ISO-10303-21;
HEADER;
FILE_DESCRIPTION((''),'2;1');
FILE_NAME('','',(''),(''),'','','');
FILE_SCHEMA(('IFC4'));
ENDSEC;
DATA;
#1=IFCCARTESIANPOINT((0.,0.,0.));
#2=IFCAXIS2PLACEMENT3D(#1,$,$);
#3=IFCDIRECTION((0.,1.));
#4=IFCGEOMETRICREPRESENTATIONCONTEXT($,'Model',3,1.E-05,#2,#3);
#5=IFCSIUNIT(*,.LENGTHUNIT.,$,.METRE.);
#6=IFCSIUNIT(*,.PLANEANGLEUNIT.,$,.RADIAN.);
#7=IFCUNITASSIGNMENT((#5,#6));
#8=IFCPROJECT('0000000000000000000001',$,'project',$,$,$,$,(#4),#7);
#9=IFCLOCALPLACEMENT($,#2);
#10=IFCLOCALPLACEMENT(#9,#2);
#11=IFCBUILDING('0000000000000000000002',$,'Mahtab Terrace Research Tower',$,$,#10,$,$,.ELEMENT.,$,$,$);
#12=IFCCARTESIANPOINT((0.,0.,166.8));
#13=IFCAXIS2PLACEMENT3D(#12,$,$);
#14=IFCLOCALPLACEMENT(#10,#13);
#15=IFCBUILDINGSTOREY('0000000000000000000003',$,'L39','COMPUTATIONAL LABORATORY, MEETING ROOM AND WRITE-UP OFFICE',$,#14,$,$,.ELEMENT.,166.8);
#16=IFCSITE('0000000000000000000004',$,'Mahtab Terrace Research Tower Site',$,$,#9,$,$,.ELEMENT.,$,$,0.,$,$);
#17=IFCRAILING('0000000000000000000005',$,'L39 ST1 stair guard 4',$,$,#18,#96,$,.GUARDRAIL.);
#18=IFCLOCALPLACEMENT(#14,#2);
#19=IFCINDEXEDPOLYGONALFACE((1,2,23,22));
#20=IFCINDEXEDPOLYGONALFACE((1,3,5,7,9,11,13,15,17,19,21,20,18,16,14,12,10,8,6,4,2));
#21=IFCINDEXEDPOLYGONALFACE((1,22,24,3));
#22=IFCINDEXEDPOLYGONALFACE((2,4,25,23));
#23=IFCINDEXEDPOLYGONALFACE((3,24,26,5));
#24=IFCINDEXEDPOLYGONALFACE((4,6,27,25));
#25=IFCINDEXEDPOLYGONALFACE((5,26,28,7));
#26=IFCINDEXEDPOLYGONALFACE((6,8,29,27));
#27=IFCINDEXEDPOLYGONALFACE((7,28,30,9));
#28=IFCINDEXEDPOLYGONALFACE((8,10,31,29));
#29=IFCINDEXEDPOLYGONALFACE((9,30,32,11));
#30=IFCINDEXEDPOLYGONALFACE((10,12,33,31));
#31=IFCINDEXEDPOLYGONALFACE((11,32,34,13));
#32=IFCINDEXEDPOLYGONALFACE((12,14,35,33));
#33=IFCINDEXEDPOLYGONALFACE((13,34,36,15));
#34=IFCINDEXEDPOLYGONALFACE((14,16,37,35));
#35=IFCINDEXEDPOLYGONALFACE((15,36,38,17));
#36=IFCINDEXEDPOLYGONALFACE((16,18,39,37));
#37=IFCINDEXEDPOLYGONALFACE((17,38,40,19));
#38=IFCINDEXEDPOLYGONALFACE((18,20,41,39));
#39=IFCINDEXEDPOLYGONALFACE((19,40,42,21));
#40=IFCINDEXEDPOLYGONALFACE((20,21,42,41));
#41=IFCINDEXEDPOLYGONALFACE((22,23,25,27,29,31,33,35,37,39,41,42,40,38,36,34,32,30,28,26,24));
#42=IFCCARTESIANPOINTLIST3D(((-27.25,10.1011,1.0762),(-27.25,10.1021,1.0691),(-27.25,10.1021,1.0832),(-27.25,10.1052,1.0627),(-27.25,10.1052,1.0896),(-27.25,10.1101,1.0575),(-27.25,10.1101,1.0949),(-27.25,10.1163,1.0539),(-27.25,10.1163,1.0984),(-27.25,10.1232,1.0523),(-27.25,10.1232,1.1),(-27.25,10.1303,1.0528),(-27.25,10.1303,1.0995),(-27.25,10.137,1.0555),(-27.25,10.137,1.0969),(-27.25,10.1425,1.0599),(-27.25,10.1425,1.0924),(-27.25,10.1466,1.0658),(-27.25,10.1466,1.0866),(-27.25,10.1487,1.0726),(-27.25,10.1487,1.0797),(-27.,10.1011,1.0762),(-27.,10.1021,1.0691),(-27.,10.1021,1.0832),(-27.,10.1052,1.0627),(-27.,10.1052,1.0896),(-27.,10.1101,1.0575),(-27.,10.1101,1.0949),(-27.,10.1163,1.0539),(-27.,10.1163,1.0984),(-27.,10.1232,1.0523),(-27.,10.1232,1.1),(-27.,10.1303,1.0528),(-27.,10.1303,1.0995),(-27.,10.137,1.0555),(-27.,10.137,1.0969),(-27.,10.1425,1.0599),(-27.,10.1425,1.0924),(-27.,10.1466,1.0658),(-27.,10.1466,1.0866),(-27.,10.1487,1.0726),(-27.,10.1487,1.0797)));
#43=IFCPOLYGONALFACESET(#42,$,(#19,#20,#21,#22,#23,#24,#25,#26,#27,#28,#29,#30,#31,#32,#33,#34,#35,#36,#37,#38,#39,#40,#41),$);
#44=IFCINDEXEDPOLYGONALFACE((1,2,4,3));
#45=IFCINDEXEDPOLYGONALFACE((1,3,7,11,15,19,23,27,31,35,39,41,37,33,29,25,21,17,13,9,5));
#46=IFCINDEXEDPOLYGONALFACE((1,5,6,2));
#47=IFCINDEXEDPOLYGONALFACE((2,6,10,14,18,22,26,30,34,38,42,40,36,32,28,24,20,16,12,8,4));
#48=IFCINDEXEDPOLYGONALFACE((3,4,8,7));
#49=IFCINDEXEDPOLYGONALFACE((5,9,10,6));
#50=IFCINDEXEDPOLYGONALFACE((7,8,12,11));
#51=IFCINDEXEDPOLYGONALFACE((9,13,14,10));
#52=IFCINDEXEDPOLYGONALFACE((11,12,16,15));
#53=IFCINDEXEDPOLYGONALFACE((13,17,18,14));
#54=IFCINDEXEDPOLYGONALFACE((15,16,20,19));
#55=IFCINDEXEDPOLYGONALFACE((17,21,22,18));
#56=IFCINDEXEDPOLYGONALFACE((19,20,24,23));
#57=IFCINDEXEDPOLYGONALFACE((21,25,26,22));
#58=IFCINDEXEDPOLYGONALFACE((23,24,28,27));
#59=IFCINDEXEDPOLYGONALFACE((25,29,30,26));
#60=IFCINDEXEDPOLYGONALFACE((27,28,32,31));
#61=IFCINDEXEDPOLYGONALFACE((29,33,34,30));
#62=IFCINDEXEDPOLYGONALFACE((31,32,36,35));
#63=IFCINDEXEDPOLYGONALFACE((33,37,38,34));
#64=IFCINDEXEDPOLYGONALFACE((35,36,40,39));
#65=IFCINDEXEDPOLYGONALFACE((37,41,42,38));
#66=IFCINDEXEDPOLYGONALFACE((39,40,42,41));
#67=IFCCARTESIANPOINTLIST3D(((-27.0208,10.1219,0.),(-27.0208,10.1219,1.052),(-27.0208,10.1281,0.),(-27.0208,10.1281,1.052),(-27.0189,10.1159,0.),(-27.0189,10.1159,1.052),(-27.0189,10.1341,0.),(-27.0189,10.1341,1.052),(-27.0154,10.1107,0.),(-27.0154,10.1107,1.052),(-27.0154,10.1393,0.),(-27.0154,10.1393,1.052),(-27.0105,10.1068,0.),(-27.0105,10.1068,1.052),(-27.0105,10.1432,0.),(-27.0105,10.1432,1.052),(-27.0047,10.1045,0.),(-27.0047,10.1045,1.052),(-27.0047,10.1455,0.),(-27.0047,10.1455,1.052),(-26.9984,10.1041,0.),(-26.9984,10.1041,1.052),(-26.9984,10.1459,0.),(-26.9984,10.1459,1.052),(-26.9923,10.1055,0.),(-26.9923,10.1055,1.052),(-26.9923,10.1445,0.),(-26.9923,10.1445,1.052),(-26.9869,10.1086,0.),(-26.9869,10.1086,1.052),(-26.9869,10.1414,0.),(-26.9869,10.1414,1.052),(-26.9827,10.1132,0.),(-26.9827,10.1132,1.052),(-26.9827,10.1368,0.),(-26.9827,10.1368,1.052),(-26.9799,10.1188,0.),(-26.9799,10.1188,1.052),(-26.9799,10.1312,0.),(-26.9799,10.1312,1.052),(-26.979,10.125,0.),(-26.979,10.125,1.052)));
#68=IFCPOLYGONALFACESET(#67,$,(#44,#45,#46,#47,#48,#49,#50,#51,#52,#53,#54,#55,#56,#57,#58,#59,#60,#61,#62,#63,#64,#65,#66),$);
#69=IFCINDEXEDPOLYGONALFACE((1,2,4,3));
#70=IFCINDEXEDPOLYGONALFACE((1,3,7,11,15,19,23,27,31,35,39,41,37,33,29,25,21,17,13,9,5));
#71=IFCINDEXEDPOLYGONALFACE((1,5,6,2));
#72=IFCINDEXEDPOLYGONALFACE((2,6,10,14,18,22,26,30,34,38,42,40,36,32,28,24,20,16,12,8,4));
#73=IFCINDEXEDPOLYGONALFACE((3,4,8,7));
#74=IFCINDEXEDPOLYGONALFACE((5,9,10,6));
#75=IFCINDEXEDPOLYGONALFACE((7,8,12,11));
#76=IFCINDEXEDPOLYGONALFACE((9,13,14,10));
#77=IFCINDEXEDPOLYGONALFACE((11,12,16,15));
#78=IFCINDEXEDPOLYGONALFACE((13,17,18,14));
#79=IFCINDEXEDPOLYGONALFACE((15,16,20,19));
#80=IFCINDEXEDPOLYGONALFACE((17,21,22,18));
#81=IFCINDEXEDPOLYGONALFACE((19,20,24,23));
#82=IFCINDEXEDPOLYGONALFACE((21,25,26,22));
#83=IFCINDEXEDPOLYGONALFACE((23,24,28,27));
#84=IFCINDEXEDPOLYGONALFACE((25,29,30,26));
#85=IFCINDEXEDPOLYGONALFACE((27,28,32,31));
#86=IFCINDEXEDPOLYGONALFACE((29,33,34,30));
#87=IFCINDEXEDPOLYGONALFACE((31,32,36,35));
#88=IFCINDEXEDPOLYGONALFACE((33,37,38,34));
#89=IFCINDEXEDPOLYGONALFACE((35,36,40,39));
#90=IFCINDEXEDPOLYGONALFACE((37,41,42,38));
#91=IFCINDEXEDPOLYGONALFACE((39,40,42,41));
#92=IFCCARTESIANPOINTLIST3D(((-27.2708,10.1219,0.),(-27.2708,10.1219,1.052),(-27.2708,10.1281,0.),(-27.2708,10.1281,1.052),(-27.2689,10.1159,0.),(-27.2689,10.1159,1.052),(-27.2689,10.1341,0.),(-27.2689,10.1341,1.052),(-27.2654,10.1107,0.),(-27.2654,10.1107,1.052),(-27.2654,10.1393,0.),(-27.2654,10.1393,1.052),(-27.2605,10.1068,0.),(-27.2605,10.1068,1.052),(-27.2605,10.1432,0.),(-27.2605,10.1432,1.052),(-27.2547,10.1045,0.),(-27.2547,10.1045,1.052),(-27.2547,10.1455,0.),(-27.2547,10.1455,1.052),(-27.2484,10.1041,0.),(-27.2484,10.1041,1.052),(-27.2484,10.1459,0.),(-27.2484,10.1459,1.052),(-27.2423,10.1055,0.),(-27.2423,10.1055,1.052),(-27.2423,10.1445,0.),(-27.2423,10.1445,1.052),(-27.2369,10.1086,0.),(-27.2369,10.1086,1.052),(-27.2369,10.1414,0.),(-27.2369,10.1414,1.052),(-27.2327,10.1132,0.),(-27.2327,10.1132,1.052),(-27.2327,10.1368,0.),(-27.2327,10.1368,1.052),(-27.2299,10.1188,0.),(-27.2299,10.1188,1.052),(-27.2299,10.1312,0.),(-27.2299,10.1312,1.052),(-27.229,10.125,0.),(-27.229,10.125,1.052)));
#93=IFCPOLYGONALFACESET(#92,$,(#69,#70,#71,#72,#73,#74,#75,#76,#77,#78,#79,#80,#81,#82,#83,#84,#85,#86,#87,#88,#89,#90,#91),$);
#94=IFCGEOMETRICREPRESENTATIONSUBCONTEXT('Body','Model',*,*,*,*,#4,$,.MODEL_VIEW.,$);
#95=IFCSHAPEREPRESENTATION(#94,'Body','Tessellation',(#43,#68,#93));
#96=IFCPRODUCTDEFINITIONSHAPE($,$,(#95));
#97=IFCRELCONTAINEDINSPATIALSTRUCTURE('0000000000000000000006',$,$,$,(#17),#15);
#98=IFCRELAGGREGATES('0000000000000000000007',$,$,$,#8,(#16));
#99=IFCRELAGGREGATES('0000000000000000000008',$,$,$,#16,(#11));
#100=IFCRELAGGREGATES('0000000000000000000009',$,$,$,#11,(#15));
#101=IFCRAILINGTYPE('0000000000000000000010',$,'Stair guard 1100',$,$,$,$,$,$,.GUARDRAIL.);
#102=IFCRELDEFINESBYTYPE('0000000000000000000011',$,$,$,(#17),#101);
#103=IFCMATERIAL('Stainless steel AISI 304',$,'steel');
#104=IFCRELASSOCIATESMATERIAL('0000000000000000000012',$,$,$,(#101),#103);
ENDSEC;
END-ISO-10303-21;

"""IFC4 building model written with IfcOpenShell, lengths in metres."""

from ifc_helpers import new_model, si_unit, direction, frame, origin, origin_2d, place, context, subcontext, project, spatial, circle, extrude, material, type_object, element, save


model = new_model("IFC4")

# Units and contexts
model_context = context("Model", 3, precision=1e-05, world=origin(), true_north=direction((0.0, 1.0)))
body_context = subcontext(model_context, "Body", "Model", "MODEL_VIEW")
ifc_project = project(units=[si_unit("LENGTHUNIT", "METRE"), si_unit("PLANEANGLEUNIT", "RADIAN")], contexts=[model_context])

# Site, building, storey
site_placement = place(None, origin())
site = spatial("IfcSite", under=ifc_project, at=site_placement, Name="Mahtab Terrace Research Tower Site", CompositionType="ELEMENT", RefElevation=0.0)
building_placement = place(site_placement, origin())
building = spatial("IfcBuilding", under=site, at=building_placement, Name="Mahtab Terrace Research Tower", CompositionType="ELEMENT")
storey_placement = place(building_placement, frame((0.0, 0.0, 166.8)))
storey = spatial("IfcBuildingStorey", under=building, at=storey_placement, Name="L39", Description="COMPUTATIONAL LABORATORY, MEETING ROOM AND WRITE-UP OFFICE", CompositionType="ELEMENT", Elevation=166.8)

# Railing
ifc_material_1 = material(Name="Stainless steel AISI 304", Category="steel")
railing_type_1 = type_object("IfcRailingType", Name="Stair guard 1100", PredefinedType="GUARDRAIL", material=ifc_material_1)
railing_1_placement = place(storey_placement, frame((-27.0, 10.125, 0.0)))
element("IfcRailing", 1, at=railing_1_placement, inside=storey, type_object=railing_type_1, Name="L39 ST1 stair guard 4", PredefinedType="GUARDRAIL", context=body_context, shape_type="SweptSolid", body=[
    extrude(circle(Radius=0.0239, at=origin_2d()), frame((0.0, 0.0, 1.0762), z_axis=(-1.0, 0.0, 0.0), x_axis=(0.0, -1.0, 0.0)), (0.0, 0.0, 1.0), 0.25),
    extrude(circle(Radius=0.021, at=origin_2d()), origin(), (0.0, 0.0, 1.0), 1.052),
    extrude(circle(Radius=0.021, at=origin_2d()), frame((-0.25, 0.0, 0.0)), (0.0, 0.0, 1.0), 1.052),
])

save(model, "model.ifc")
